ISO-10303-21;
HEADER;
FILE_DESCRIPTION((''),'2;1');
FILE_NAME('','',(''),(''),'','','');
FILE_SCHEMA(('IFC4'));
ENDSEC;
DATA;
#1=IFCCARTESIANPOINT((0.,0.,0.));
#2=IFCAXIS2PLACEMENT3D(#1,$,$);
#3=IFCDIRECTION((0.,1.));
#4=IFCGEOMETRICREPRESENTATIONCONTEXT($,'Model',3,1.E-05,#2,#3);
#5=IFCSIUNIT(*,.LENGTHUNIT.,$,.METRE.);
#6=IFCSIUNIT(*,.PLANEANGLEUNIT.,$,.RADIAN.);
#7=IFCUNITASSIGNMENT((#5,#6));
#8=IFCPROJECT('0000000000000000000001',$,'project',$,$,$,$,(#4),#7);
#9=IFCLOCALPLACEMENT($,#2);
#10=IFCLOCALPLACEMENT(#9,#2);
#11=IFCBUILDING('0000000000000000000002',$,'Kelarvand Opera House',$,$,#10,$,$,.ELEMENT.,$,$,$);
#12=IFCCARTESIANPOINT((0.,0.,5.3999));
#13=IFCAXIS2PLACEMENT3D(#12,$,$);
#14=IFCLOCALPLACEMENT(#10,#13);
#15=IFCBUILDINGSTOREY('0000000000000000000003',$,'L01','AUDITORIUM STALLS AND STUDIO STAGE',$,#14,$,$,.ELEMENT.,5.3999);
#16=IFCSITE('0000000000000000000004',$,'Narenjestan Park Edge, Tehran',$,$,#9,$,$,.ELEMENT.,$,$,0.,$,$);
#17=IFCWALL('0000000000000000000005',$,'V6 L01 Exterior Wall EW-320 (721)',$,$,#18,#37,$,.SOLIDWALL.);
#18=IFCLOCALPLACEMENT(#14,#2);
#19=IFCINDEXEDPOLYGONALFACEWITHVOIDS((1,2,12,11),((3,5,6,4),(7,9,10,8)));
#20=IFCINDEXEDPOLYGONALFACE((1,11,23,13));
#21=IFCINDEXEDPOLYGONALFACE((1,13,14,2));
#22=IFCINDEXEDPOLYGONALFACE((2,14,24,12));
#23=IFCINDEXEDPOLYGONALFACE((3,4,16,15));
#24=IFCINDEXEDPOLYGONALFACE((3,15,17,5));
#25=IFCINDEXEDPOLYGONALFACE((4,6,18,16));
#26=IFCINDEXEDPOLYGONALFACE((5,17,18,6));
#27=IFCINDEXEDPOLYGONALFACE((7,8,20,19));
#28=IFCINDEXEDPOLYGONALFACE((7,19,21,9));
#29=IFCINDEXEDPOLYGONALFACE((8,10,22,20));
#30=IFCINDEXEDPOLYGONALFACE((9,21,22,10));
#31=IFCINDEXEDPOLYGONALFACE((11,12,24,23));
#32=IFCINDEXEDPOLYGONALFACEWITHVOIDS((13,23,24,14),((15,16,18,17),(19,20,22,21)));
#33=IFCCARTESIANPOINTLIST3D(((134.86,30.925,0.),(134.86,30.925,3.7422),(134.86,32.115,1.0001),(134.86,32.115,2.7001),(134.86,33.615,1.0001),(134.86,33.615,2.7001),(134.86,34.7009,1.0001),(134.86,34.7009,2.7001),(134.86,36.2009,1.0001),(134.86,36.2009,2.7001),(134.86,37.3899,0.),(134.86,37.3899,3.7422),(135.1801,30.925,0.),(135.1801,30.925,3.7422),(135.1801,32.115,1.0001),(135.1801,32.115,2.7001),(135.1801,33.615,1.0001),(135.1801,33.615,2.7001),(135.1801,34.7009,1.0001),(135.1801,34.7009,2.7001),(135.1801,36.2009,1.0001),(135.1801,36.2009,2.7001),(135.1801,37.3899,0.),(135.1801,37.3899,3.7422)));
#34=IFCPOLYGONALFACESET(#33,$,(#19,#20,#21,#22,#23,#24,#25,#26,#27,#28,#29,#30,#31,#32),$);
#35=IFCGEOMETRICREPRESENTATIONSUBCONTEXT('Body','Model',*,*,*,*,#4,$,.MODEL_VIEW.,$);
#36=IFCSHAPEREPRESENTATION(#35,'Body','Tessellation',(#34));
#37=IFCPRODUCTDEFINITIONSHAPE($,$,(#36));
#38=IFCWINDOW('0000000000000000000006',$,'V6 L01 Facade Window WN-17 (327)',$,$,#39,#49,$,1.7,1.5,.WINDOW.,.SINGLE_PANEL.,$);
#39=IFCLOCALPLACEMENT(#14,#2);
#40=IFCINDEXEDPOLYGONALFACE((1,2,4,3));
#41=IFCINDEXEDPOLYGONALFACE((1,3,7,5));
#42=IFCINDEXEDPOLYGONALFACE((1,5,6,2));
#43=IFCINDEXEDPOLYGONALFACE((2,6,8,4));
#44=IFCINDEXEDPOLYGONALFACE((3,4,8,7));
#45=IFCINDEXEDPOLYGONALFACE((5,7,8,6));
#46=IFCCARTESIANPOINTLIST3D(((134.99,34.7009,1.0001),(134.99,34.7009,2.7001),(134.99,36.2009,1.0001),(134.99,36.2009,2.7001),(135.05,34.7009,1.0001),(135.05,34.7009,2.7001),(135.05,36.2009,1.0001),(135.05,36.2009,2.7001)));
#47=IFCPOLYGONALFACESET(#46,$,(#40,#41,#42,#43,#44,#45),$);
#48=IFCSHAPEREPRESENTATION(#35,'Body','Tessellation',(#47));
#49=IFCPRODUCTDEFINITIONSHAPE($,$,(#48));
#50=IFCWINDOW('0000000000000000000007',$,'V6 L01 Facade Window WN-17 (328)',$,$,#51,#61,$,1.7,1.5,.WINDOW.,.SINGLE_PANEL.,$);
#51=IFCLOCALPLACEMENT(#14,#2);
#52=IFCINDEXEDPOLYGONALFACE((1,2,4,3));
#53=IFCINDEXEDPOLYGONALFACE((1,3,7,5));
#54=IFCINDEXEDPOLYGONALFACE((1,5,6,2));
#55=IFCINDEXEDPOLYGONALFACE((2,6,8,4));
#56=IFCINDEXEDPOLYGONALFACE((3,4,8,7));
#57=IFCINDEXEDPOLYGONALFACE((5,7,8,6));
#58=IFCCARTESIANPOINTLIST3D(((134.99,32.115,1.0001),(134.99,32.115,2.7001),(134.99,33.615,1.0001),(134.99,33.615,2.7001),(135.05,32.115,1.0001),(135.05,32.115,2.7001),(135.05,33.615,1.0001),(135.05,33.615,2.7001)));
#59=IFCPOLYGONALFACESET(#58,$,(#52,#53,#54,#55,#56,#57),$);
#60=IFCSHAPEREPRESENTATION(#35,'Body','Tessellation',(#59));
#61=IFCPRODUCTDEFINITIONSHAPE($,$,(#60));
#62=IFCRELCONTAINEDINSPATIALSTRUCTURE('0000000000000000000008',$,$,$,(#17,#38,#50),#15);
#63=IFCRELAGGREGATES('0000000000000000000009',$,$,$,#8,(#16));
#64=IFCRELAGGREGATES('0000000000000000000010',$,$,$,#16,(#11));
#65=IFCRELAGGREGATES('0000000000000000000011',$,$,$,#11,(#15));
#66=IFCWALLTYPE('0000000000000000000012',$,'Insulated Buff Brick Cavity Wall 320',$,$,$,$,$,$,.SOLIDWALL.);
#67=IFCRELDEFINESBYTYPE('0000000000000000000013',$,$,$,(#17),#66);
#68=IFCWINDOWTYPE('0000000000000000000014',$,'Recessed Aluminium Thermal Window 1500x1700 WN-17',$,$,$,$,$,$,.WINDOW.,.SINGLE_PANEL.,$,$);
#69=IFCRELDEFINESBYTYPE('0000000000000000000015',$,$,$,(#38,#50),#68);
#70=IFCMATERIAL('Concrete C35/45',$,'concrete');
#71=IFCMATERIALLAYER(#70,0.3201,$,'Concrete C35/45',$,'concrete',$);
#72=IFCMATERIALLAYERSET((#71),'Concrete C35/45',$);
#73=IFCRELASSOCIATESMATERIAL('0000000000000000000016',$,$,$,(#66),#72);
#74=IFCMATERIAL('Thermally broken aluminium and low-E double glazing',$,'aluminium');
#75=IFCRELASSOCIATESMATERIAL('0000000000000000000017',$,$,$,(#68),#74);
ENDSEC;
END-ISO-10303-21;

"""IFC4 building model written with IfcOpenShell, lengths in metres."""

from ifc_helpers import new_model, si_unit, direction, frame, frame_2d, origin, place, context, subcontext, project, spatial, rectangle, extrude, material, layer, layer_set, type_object, element, fill, save


model = new_model("IFC4")

# Units and contexts
model_context = context("Model", 3, precision=1e-05, world=origin(), true_north=direction((0.0, 1.0)))
body_context = subcontext(model_context, "Body", "Model", "MODEL_VIEW")
ifc_project = project(units=[si_unit("LENGTHUNIT", "METRE"), si_unit("PLANEANGLEUNIT", "RADIAN")], contexts=[model_context])

# Site, building, storey
site_placement = place(None, origin())
site = spatial("IfcSite", under=ifc_project, at=site_placement, Name="Narenjestan Park Edge, Tehran", CompositionType="ELEMENT", RefElevation=0.0)
building_placement = place(site_placement, origin())
building = spatial("IfcBuilding", under=site, at=building_placement, Name="Kelarvand Opera House", CompositionType="ELEMENT")
storey_placement = place(building_placement, frame((0.0, 0.0, 5.3999)))
storey = spatial("IfcBuildingStorey", under=building, at=storey_placement, Name="L01", Description="AUDITORIUM STALLS AND STUDIO STAGE", CompositionType="ELEMENT", Elevation=5.3999)

# Wall, openings, windows
ifc_material_1 = material(Name="Concrete C35/45", Category="concrete")
ifc_layer_1 = layer(ifc_material_1, 0.3201, Name="Concrete C35/45", Category="concrete")
ifc_layer_set_1 = layer_set([ifc_layer_1], Name="Concrete C35/45")
wall_type = type_object("IfcWallType", Name="Insulated Buff Brick Cavity Wall 320", PredefinedType="SOLIDWALL", material=ifc_layer_set_1)
wall_placement = place(storey_placement, frame((135.02, 37.3899, 0.0), z_axis=(0.0, 0.0, 1.0), x_axis=(0.0, -1.0, 0.0)))
wall = element("IfcWall", 1, at=wall_placement, inside=storey, type_object=wall_type, Name="V6 L01 Exterior Wall EW-320 (721)", PredefinedType="SOLIDWALL", context=body_context, shape_type="SweptSolid", body=[
    extrude(rectangle(XDim=6.4648, YDim=0.3201, at=frame_2d((3.2324, 0.0))), origin(), (0.0, 0.0, 1.0), 3.7422),
])
opening_1_placement = place(wall_placement, frame((1.189, 0.0, 1.0)))
opening_1 = element("IfcOpeningElement", 2, at=opening_1_placement, cuts=wall, PredefinedType="OPENING", context=body_context, shape_type="SweptSolid", body=[
    extrude(rectangle(XDim=1.5, YDim=1.7, at=frame_2d((0.75, 0.8501))), frame((0.0, 0.1699, 0.0), z_axis=(0.0, -1.0, 0.0), x_axis=(1.0, 0.0, 0.0)), (0.0, 0.0, 1.0), 0.3401),
])
opening_2_placement = place(wall_placement, frame((3.7749, 0.0, 1.0)))
opening_2 = element("IfcOpeningElement", 3, at=opening_2_placement, cuts=wall, PredefinedType="OPENING", context=body_context, shape_type="SweptSolid", body=[
    extrude(rectangle(XDim=1.5, YDim=1.7, at=frame_2d((0.75, 0.8501))), frame((0.0, 0.1699, 0.0), z_axis=(0.0, -1.0, 0.0), x_axis=(1.0, 0.0, 0.0)), (0.0, 0.0, 1.0), 0.3401),
])
ifc_material_2 = material(Name="Thermally broken aluminium and low-E double glazing", Category="aluminium")
window_type = type_object("IfcWindowType", Name="Recessed Aluminium Thermal Window 1500x1700 WN-17", PartitioningType="SINGLE_PANEL", PredefinedType="WINDOW", material=ifc_material_2)
window_1_placement = place(opening_1_placement, origin())
window_1 = element("IfcWindow", 4, at=window_1_placement, inside=storey, type_object=window_type, Name="V6 L01 Facade Window WN-17 (327)", OverallHeight=1.7, OverallWidth=1.5, PartitioningType="SINGLE_PANEL", PredefinedType="WINDOW", context=body_context, shape_type="SweptSolid", body=[
    extrude(rectangle(XDim=1.5, YDim=1.7, at=frame_2d((0.75, 0.8501))), frame((0.0, 0.03, 0.0), z_axis=(0.0, -1.0, 0.0), x_axis=(1.0, 0.0, 0.0)), (0.0, 0.0, 1.0), 0.0601),
])
fill(opening_1, window_1)
window_2_placement = place(opening_2_placement, origin())
window_2 = element("IfcWindow", 5, at=window_2_placement, inside=storey, type_object=window_type, Name="V6 L01 Facade Window WN-17 (328)", OverallHeight=1.7, OverallWidth=1.5, PartitioningType="SINGLE_PANEL", PredefinedType="WINDOW", context=body_context, shape_type="SweptSolid", body=[
    extrude(rectangle(XDim=1.5, YDim=1.7, at=frame_2d((0.75, 0.8501))), frame((0.0, 0.03, 0.0), z_axis=(0.0, -1.0, 0.0), x_axis=(1.0, 0.0, 0.0)), (0.0, 0.0, 1.0), 0.0601),
])
fill(opening_2, window_2)

save(model, "model.ifc")
